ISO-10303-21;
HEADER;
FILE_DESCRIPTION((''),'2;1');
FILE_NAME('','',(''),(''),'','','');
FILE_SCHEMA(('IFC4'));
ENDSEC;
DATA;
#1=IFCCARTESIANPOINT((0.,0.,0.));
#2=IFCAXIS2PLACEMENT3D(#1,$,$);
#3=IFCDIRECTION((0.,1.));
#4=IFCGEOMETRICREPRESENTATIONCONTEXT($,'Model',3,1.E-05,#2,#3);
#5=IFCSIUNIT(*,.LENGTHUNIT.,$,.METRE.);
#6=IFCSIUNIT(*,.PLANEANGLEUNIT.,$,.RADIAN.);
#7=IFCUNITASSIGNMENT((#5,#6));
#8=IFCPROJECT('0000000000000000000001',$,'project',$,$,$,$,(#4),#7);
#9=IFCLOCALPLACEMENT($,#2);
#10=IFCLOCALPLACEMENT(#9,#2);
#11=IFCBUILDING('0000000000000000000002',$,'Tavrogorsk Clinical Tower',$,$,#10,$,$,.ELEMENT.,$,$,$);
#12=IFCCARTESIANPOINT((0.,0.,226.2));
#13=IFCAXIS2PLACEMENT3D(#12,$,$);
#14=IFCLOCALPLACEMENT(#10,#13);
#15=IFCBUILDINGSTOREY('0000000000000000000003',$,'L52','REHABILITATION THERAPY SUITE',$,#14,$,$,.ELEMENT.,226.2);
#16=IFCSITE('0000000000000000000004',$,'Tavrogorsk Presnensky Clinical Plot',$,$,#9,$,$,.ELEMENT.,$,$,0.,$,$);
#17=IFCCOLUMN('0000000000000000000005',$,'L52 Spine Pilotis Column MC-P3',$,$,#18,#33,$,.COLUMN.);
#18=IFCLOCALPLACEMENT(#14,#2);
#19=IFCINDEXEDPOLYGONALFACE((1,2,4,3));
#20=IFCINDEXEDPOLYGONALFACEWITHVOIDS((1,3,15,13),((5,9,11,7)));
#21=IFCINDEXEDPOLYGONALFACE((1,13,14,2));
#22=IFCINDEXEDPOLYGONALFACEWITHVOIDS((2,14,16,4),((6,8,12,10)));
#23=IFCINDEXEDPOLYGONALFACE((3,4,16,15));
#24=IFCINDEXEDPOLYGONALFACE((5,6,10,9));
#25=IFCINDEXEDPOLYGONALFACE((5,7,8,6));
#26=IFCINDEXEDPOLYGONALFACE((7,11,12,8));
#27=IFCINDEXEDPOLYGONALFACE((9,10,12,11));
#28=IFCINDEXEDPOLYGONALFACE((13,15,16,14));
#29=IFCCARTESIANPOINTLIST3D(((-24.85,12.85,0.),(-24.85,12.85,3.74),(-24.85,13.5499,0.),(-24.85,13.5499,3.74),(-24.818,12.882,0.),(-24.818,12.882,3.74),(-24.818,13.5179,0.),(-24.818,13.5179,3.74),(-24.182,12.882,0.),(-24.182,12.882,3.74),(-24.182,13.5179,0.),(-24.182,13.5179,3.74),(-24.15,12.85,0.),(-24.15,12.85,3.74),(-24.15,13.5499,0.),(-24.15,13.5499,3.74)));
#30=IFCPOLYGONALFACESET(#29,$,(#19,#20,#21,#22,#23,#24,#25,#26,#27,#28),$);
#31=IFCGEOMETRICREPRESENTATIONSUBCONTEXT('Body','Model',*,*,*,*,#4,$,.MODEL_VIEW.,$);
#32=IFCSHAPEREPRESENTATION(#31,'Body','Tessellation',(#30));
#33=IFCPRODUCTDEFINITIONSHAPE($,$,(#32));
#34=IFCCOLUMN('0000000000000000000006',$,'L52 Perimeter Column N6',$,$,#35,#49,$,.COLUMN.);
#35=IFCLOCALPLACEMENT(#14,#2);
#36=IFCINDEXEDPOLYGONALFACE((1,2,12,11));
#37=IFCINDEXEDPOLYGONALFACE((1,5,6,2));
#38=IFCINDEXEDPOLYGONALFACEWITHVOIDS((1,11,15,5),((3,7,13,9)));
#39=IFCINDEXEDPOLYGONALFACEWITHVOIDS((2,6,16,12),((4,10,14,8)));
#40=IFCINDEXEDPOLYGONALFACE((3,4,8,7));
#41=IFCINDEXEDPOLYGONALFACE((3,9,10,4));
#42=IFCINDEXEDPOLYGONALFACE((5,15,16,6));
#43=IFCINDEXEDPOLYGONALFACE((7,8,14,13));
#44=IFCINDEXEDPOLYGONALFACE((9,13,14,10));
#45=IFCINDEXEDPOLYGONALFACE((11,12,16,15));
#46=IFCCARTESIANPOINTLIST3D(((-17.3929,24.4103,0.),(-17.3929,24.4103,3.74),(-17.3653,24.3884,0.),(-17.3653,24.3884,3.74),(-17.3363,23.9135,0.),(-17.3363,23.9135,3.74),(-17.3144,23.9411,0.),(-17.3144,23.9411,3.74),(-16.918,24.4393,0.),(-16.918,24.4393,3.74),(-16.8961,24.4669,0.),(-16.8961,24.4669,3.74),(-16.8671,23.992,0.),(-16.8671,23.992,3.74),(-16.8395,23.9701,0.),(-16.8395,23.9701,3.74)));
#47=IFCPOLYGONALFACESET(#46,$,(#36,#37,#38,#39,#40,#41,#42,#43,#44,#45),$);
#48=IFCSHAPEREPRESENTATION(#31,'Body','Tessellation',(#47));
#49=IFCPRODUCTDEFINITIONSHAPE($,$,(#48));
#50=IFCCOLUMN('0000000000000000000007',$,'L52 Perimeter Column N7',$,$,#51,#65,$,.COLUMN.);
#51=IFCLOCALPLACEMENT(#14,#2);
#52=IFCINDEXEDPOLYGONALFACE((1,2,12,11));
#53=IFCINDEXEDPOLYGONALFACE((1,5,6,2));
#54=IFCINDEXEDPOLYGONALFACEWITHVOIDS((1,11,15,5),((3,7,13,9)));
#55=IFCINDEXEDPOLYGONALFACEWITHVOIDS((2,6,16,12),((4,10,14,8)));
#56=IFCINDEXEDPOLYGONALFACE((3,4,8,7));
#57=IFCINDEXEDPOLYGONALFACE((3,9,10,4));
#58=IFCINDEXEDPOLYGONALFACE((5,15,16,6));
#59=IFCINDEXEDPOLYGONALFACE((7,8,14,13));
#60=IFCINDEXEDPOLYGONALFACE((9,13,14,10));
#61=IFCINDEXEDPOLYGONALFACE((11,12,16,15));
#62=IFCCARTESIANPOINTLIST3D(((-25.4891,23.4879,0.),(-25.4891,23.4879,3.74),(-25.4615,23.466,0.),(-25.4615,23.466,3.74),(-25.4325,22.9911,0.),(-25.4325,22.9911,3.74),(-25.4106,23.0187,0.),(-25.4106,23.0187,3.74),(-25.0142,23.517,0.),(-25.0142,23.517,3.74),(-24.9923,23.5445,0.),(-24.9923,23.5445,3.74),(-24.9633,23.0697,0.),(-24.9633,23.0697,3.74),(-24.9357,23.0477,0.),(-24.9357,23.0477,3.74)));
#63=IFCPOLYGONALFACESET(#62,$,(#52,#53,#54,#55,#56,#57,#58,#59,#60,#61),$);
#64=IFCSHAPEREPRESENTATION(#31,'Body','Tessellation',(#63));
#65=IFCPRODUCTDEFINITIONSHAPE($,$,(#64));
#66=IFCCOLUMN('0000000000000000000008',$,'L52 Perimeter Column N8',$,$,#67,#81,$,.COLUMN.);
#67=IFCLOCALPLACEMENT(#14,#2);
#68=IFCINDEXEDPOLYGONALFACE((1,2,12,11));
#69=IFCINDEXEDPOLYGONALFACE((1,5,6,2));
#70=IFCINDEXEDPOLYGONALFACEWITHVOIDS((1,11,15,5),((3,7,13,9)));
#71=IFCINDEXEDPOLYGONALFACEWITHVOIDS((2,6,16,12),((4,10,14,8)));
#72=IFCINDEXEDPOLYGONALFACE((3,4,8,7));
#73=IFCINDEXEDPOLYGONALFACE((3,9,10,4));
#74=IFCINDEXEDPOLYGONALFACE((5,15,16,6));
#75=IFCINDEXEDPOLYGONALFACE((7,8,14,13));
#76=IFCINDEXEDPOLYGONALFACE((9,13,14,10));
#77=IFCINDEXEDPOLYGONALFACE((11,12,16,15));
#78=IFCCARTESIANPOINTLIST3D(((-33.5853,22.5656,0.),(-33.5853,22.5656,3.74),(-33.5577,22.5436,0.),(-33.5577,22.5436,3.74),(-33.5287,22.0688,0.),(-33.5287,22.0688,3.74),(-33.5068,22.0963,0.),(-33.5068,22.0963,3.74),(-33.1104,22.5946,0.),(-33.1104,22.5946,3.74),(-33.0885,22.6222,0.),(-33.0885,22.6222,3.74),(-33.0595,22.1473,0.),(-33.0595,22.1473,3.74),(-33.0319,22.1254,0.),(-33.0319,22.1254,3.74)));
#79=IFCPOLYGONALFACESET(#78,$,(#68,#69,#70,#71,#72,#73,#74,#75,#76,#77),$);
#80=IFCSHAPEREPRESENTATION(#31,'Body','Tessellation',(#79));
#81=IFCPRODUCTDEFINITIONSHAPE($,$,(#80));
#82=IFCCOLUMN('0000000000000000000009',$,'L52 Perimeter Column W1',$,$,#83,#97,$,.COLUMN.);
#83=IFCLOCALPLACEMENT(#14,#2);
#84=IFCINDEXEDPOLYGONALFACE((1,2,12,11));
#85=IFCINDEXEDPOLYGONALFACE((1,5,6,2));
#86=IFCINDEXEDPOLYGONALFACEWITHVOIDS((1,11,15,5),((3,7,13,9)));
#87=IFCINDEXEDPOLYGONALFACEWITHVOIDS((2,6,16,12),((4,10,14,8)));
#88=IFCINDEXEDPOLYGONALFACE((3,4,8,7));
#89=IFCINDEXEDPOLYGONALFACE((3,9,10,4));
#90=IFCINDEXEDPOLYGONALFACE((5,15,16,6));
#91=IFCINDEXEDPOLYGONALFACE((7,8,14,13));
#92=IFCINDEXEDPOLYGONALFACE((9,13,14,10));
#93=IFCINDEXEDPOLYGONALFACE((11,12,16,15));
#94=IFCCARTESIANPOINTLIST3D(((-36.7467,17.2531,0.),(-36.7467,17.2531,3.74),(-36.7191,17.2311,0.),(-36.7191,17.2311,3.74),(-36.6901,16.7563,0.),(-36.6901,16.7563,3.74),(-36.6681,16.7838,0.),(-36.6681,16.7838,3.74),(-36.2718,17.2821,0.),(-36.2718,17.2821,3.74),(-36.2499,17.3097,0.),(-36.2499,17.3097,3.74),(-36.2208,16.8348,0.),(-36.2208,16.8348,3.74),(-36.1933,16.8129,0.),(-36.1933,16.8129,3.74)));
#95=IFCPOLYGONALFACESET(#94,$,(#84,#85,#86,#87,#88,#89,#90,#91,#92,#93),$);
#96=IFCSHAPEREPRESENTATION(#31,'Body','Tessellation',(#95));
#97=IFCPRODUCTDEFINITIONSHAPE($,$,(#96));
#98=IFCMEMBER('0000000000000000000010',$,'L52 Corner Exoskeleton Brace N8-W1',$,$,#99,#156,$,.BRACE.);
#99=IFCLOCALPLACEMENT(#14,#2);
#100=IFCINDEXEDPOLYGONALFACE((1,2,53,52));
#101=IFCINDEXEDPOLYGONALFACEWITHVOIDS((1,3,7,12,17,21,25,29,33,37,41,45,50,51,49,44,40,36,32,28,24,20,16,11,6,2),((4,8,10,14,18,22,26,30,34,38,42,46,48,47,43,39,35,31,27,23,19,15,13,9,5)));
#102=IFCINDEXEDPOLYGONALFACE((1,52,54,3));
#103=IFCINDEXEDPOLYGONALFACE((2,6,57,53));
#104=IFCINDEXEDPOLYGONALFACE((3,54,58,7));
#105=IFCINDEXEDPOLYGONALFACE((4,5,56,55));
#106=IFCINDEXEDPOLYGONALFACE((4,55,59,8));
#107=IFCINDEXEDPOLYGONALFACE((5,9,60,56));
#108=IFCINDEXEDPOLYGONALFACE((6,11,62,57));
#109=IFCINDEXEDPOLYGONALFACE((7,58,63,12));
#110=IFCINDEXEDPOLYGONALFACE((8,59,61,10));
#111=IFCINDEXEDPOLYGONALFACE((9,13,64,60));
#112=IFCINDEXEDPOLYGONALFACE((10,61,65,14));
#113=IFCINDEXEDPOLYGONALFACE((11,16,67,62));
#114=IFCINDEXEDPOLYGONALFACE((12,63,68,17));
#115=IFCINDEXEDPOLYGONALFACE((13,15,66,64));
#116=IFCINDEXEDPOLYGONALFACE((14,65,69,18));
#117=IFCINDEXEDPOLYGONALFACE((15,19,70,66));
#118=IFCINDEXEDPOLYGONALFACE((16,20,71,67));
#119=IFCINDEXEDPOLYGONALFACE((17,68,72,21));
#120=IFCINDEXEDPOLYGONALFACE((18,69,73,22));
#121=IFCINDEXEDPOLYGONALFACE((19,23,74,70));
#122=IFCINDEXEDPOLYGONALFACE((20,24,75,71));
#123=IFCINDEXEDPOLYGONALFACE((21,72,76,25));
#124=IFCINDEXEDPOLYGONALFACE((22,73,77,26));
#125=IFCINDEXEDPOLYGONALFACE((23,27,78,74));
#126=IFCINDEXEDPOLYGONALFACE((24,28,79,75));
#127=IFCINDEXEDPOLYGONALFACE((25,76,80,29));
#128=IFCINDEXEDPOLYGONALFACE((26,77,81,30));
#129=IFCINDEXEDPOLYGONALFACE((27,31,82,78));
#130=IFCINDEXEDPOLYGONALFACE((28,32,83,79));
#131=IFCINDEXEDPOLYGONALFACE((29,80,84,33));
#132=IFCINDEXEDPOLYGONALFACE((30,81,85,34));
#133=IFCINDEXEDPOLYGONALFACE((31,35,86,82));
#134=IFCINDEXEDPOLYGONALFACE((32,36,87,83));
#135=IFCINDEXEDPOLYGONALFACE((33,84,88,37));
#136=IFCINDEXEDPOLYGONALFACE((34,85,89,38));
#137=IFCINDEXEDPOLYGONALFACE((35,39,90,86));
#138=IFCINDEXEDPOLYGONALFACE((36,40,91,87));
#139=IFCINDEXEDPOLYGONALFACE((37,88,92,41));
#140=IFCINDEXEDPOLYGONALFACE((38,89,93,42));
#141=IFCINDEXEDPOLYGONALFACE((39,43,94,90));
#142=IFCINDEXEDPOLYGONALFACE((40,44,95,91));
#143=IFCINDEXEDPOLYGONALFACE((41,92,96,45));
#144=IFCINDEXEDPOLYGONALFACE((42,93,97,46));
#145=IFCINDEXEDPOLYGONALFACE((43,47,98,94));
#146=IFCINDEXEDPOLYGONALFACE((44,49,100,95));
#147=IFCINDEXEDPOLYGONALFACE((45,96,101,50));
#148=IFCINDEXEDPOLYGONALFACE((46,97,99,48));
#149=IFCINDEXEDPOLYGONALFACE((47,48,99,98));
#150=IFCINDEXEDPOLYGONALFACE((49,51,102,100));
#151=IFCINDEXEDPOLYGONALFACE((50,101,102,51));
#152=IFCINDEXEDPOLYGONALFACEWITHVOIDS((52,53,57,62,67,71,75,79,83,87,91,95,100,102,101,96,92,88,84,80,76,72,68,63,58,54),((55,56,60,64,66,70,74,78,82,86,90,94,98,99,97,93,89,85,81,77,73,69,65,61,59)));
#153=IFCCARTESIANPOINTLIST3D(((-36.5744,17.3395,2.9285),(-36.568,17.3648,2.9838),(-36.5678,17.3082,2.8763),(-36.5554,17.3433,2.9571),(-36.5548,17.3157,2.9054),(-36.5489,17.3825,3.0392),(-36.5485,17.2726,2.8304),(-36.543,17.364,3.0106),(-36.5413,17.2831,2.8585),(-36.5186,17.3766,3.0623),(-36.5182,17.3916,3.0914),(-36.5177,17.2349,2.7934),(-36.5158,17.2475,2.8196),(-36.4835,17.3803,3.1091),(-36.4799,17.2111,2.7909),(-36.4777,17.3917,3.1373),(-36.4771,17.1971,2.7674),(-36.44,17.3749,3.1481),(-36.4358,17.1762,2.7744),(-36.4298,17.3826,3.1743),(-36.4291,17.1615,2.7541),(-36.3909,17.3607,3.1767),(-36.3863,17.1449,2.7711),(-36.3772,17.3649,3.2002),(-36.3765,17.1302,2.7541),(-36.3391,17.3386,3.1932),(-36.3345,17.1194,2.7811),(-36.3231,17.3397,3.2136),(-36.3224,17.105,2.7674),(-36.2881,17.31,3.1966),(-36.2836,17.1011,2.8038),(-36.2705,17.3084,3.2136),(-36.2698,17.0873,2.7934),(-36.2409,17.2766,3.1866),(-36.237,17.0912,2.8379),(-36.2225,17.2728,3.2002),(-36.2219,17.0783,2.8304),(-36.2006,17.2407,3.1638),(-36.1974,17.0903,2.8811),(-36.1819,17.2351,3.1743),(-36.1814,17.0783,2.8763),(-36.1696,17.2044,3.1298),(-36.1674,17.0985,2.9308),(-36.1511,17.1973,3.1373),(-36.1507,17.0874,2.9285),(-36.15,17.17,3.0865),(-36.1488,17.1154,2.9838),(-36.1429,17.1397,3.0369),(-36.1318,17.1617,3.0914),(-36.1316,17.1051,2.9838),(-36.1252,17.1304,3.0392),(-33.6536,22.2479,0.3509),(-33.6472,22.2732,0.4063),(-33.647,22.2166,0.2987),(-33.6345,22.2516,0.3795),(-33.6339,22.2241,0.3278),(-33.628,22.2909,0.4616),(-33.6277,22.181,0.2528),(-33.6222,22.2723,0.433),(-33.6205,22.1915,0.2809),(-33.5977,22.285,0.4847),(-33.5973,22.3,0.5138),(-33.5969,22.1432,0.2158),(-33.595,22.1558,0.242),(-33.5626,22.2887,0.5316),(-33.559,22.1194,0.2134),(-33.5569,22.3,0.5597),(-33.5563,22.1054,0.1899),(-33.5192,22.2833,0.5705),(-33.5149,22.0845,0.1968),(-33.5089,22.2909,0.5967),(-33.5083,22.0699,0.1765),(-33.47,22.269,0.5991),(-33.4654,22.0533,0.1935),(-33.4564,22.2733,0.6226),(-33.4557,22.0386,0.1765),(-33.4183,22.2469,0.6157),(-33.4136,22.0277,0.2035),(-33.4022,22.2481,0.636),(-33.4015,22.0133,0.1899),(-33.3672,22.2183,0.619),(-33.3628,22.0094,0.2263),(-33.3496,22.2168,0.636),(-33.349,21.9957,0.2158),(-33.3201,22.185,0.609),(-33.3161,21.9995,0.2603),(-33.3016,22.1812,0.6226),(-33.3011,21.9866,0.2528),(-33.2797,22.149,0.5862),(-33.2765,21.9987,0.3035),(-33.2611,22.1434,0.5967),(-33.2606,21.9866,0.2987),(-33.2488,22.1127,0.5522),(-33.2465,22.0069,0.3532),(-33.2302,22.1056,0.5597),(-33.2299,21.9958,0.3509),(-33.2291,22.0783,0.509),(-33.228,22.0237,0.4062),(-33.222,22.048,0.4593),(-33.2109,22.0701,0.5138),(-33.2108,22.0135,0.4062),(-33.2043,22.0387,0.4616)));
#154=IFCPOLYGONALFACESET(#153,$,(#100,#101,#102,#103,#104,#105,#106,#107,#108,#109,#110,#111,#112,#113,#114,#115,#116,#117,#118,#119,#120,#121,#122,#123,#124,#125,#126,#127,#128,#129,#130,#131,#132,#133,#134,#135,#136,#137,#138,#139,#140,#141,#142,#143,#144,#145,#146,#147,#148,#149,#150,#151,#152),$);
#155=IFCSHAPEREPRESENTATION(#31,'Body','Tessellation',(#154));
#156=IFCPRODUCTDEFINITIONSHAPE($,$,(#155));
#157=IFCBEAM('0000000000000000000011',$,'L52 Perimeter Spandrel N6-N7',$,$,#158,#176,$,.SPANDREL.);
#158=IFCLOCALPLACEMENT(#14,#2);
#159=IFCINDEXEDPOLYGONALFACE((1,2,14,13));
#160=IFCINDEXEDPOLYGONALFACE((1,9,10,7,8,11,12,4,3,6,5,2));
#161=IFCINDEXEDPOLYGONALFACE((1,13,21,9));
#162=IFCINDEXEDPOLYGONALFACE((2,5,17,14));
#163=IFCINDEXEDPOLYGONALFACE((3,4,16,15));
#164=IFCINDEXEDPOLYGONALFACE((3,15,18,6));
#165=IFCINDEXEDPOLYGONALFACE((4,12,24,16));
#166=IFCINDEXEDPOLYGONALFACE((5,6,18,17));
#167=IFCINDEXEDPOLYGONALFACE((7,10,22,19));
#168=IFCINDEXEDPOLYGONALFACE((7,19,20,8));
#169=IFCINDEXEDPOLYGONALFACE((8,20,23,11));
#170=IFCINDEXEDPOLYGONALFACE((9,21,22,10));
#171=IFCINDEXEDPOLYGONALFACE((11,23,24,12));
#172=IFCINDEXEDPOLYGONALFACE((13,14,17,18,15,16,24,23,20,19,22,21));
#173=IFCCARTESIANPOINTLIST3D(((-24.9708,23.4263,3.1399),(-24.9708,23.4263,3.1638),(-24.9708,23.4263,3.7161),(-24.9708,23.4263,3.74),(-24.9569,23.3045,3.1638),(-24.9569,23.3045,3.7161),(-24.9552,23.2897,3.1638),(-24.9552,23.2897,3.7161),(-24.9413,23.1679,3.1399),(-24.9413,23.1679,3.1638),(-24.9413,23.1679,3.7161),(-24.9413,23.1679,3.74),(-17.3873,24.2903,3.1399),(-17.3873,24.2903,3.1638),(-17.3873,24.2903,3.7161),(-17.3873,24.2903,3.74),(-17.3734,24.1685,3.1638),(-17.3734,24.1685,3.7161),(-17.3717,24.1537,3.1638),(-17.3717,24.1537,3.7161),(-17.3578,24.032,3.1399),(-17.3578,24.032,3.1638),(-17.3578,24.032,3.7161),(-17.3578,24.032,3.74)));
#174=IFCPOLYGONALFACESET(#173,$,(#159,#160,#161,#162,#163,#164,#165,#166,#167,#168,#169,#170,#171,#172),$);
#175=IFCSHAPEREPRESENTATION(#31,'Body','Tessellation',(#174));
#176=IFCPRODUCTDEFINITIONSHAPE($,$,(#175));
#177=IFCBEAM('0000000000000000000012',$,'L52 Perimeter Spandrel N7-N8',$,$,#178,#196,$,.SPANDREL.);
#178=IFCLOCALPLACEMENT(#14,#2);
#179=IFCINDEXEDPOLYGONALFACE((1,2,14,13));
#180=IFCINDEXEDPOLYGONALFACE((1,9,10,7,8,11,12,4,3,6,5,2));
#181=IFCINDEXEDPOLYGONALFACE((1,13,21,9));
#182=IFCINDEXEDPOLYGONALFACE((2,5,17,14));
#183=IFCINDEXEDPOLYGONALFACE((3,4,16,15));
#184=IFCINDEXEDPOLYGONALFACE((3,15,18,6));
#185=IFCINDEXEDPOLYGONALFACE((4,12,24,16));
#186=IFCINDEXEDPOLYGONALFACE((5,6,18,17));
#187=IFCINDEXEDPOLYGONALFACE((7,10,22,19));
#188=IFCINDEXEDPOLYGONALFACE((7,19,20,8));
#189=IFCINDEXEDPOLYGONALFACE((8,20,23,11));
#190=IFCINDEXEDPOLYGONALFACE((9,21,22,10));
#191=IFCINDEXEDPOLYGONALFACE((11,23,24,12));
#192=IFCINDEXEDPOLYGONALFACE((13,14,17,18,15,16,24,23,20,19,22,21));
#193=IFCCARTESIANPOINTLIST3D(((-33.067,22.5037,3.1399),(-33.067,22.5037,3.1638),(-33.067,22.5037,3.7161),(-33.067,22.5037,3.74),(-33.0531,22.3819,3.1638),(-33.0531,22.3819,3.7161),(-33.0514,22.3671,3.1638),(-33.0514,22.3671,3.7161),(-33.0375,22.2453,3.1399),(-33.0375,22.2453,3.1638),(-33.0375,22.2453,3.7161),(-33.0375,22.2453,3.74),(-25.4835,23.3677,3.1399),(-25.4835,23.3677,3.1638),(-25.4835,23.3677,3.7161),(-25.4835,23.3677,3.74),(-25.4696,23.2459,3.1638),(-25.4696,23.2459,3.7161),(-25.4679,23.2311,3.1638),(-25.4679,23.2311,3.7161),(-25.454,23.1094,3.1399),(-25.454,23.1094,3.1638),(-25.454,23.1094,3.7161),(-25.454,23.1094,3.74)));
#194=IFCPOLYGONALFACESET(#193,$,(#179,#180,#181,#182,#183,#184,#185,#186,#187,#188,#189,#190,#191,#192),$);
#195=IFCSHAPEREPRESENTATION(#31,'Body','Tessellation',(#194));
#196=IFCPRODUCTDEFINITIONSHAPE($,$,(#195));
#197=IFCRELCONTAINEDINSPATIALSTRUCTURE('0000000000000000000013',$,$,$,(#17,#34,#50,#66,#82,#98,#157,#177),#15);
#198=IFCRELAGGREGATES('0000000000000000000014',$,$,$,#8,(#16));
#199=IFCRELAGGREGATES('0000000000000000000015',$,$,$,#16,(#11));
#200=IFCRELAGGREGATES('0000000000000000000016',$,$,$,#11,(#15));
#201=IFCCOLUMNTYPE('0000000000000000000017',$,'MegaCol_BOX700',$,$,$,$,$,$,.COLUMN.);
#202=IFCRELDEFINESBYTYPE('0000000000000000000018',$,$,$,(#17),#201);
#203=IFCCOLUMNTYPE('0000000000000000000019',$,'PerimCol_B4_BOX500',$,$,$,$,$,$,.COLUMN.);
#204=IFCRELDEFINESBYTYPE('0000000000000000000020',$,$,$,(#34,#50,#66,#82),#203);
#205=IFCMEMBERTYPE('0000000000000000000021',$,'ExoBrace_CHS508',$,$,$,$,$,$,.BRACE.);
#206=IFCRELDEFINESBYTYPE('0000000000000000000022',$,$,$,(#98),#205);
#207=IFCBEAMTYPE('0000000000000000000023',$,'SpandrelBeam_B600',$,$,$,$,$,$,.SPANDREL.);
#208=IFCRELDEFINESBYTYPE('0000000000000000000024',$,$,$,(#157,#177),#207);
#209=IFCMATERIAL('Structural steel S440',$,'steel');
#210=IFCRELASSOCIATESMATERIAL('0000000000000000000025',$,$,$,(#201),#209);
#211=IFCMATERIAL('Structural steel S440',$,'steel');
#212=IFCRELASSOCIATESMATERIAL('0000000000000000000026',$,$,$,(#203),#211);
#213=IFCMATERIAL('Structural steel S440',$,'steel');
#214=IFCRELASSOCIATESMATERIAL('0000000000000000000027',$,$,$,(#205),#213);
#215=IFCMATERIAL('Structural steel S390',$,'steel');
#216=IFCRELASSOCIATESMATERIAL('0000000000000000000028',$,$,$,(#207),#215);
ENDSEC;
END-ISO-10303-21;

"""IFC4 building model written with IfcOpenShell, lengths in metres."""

from ifc_helpers import new_model, si_unit, direction, frame, origin, origin_2d, place, context, subcontext, project, spatial, hollow_rectangle, hollow_circle, i_section, extrude, material, material_profile, profile_set, type_object, element, save


model = new_model("IFC4")

# Units and contexts
model_context = context("Model", 3, precision=1e-05, world=origin(), true_north=direction((0.0, 1.0)))
body_context = subcontext(model_context, "Body", "Model", "MODEL_VIEW")
ifc_project = project(units=[si_unit("LENGTHUNIT", "METRE"), si_unit("PLANEANGLEUNIT", "RADIAN")], contexts=[model_context])

# Site, building, storey
site_placement = place(None, origin())
site = spatial("IfcSite", under=ifc_project, at=site_placement, Name="Tavrogorsk Presnensky Clinical Plot", CompositionType="ELEMENT", RefElevation=0.0)
building_placement = place(site_placement, origin())
building = spatial("IfcBuilding", under=site, at=building_placement, Name="Tavrogorsk Clinical Tower", CompositionType="ELEMENT")
storey_placement = place(building_placement, frame((0.0, 0.0, 226.2)))
storey = spatial("IfcBuildingStorey", under=building, at=storey_placement, Name="L52", Description="REHABILITATION THERAPY SUITE", CompositionType="ELEMENT", Elevation=226.2)

# Columns
ifc_material_1 = material(Name="Structural steel S440", Category="steel")
ifc_material_profile_1 = material_profile(ifc_material_1, hollow_rectangle(XDim=0.7, YDim=0.7, WallThickness=0.032, at=origin_2d()), Name="BOX-700x700x32")
ifc_profile_set_1 = profile_set([ifc_material_profile_1], Name="Structural steel S440")
column_type_1 = type_object("IfcColumnType", Name="MegaCol_BOX700", PredefinedType="COLUMN", material=ifc_profile_set_1)
column_placement = place(storey_placement, frame((-24.5, 13.2, 0.0), z_axis=(0.0, 0.0, 1.0), x_axis=(1.0, 0.0, 0.0)))
element("IfcColumn", 1, at=column_placement, inside=storey, type_object=column_type_1, Name="L52 Spine Pilotis Column MC-P3", PredefinedType="COLUMN", context=body_context, shape_type="SweptSolid", body=[
    extrude(hollow_rectangle(XDim=0.7, YDim=0.7, WallThickness=0.032, at=origin_2d()), origin(), (0.0, 0.0, 1.0), 3.74),
])
ifc_material_2 = material(Name="Structural steel S440", Category="steel")
ifc_material_profile_2 = material_profile(ifc_material_2, hollow_rectangle(XDim=0.5, YDim=0.5, WallThickness=0.0249, at=origin_2d()), Name="BOX-500x500x25")
ifc_profile_set_2 = profile_set([ifc_material_profile_2], Name="Structural steel S440")
column_type_2 = type_object("IfcColumnType", Name="PerimCol_B4_BOX500", PredefinedType="COLUMN", material=ifc_profile_set_2)
for number, where, z_axis, x_axis, name in (
    (2, (-17.1162, 24.1902, 0.0), (0.0, 0.0, 1.0), (0.993572, 0.113203, 0.0), "L52 Perimeter Column N6"),
    (3, (-25.2124, 23.2678, 0.0), (0.0, 0.0, 1.0), (0.993572, 0.113203, 0.0), "L52 Perimeter Column N7"),
    (4, (-33.3086, 22.3455, 0.0), (0.0, 0.0, 1.0), (0.993572, 0.113203, 0.0), "L52 Perimeter Column N8"),
    (5, (-36.47, 17.033, 0.0), (0.0, 0.0, 1.0), (0.993572, 0.113203, 0.0), "L52 Perimeter Column W1"),
):
    element("IfcColumn", number, at=place(storey_placement, frame(where, z_axis=z_axis, x_axis=x_axis)), inside=storey, type_object=column_type_2, Name=name, PredefinedType="COLUMN", context=body_context, shape_type="SweptSolid", body=[
        extrude(hollow_rectangle(XDim=0.5, YDim=0.5, WallThickness=0.0249, at=origin_2d()), origin(), (0.0, 0.0, 1.0), 3.74),
    ])

# Member
ifc_material_3 = material(Name="Structural steel S440", Category="steel")
ifc_material_profile_3 = material_profile(ifc_material_3, hollow_circle(Radius=0.2539, WallThickness=0.02, at=origin_2d()), Name="CHS-508x20")
ifc_profile_set_3 = profile_set([ifc_material_profile_3], Name="Structural steel S440")
member_type = type_object("IfcMemberType", Name="ExoBrace_CHS508", PredefinedType="BRACE", material=ifc_profile_set_3)
member_placement = place(storey_placement, frame((-33.429, 22.1433, 0.4062), z_axis=(-0.466115, -0.783287, 0.411338), x_axis=(0.859354, -0.511381, 0.0)))
element("IfcMember", 6, at=member_placement, inside=storey, type_object=member_type, Name="L52 Corner Exoskeleton Brace N8-W1", PredefinedType="BRACE", context=body_context, shape_type="SweptSolid", body=[
    extrude(hollow_circle(Radius=0.2539, WallThickness=0.02, at=origin_2d()), origin(), (0.0, 0.0, 1.0), 6.2664),
])

# Beams
ifc_material_4 = material(Name="Structural steel S390", Category="steel")
ifc_material_profile_4 = material_profile(ifc_material_4, i_section(OverallWidth=0.26, OverallDepth=0.6001, WebThickness=0.0149, FlangeThickness=0.0239, at=origin_2d()), Name="B-600x260x15x24")
ifc_profile_set_4 = profile_set([ifc_material_profile_4], Name="Structural steel S390")
beam_type_1 = type_object("IfcBeamType", Name="SpandrelBeam_B600", PredefinedType="SPANDREL", material=ifc_profile_set_4)
for number, where, z_axis, x_axis, name in (
    (7, (-17.3726, 24.1611, 3.4399), (-0.993572, -0.113201, 0.0), (0.113201, -0.993572, 0.0), "L52 Perimeter Spandrel N6-N7"),
    (8, (-25.4688, 23.2385, 3.4399), (-0.993572, -0.113201, 0.0), (0.113201, -0.993572, 0.0), "L52 Perimeter Spandrel N7-N8"),
):
    element("IfcBeam", number, at=place(storey_placement, frame(where, z_axis=z_axis, x_axis=x_axis)), inside=storey, type_object=beam_type_1, Name=name, PredefinedType="SPANDREL", context=body_context, shape_type="SweptSolid", body=[
        extrude(i_section(OverallWidth=0.26, OverallDepth=0.6001, WebThickness=0.0149, FlangeThickness=0.0239, at=origin_2d()), origin(), (0.0, 0.0, 1.0), 7.6326),
    ])

save(model, "model.ifc")
